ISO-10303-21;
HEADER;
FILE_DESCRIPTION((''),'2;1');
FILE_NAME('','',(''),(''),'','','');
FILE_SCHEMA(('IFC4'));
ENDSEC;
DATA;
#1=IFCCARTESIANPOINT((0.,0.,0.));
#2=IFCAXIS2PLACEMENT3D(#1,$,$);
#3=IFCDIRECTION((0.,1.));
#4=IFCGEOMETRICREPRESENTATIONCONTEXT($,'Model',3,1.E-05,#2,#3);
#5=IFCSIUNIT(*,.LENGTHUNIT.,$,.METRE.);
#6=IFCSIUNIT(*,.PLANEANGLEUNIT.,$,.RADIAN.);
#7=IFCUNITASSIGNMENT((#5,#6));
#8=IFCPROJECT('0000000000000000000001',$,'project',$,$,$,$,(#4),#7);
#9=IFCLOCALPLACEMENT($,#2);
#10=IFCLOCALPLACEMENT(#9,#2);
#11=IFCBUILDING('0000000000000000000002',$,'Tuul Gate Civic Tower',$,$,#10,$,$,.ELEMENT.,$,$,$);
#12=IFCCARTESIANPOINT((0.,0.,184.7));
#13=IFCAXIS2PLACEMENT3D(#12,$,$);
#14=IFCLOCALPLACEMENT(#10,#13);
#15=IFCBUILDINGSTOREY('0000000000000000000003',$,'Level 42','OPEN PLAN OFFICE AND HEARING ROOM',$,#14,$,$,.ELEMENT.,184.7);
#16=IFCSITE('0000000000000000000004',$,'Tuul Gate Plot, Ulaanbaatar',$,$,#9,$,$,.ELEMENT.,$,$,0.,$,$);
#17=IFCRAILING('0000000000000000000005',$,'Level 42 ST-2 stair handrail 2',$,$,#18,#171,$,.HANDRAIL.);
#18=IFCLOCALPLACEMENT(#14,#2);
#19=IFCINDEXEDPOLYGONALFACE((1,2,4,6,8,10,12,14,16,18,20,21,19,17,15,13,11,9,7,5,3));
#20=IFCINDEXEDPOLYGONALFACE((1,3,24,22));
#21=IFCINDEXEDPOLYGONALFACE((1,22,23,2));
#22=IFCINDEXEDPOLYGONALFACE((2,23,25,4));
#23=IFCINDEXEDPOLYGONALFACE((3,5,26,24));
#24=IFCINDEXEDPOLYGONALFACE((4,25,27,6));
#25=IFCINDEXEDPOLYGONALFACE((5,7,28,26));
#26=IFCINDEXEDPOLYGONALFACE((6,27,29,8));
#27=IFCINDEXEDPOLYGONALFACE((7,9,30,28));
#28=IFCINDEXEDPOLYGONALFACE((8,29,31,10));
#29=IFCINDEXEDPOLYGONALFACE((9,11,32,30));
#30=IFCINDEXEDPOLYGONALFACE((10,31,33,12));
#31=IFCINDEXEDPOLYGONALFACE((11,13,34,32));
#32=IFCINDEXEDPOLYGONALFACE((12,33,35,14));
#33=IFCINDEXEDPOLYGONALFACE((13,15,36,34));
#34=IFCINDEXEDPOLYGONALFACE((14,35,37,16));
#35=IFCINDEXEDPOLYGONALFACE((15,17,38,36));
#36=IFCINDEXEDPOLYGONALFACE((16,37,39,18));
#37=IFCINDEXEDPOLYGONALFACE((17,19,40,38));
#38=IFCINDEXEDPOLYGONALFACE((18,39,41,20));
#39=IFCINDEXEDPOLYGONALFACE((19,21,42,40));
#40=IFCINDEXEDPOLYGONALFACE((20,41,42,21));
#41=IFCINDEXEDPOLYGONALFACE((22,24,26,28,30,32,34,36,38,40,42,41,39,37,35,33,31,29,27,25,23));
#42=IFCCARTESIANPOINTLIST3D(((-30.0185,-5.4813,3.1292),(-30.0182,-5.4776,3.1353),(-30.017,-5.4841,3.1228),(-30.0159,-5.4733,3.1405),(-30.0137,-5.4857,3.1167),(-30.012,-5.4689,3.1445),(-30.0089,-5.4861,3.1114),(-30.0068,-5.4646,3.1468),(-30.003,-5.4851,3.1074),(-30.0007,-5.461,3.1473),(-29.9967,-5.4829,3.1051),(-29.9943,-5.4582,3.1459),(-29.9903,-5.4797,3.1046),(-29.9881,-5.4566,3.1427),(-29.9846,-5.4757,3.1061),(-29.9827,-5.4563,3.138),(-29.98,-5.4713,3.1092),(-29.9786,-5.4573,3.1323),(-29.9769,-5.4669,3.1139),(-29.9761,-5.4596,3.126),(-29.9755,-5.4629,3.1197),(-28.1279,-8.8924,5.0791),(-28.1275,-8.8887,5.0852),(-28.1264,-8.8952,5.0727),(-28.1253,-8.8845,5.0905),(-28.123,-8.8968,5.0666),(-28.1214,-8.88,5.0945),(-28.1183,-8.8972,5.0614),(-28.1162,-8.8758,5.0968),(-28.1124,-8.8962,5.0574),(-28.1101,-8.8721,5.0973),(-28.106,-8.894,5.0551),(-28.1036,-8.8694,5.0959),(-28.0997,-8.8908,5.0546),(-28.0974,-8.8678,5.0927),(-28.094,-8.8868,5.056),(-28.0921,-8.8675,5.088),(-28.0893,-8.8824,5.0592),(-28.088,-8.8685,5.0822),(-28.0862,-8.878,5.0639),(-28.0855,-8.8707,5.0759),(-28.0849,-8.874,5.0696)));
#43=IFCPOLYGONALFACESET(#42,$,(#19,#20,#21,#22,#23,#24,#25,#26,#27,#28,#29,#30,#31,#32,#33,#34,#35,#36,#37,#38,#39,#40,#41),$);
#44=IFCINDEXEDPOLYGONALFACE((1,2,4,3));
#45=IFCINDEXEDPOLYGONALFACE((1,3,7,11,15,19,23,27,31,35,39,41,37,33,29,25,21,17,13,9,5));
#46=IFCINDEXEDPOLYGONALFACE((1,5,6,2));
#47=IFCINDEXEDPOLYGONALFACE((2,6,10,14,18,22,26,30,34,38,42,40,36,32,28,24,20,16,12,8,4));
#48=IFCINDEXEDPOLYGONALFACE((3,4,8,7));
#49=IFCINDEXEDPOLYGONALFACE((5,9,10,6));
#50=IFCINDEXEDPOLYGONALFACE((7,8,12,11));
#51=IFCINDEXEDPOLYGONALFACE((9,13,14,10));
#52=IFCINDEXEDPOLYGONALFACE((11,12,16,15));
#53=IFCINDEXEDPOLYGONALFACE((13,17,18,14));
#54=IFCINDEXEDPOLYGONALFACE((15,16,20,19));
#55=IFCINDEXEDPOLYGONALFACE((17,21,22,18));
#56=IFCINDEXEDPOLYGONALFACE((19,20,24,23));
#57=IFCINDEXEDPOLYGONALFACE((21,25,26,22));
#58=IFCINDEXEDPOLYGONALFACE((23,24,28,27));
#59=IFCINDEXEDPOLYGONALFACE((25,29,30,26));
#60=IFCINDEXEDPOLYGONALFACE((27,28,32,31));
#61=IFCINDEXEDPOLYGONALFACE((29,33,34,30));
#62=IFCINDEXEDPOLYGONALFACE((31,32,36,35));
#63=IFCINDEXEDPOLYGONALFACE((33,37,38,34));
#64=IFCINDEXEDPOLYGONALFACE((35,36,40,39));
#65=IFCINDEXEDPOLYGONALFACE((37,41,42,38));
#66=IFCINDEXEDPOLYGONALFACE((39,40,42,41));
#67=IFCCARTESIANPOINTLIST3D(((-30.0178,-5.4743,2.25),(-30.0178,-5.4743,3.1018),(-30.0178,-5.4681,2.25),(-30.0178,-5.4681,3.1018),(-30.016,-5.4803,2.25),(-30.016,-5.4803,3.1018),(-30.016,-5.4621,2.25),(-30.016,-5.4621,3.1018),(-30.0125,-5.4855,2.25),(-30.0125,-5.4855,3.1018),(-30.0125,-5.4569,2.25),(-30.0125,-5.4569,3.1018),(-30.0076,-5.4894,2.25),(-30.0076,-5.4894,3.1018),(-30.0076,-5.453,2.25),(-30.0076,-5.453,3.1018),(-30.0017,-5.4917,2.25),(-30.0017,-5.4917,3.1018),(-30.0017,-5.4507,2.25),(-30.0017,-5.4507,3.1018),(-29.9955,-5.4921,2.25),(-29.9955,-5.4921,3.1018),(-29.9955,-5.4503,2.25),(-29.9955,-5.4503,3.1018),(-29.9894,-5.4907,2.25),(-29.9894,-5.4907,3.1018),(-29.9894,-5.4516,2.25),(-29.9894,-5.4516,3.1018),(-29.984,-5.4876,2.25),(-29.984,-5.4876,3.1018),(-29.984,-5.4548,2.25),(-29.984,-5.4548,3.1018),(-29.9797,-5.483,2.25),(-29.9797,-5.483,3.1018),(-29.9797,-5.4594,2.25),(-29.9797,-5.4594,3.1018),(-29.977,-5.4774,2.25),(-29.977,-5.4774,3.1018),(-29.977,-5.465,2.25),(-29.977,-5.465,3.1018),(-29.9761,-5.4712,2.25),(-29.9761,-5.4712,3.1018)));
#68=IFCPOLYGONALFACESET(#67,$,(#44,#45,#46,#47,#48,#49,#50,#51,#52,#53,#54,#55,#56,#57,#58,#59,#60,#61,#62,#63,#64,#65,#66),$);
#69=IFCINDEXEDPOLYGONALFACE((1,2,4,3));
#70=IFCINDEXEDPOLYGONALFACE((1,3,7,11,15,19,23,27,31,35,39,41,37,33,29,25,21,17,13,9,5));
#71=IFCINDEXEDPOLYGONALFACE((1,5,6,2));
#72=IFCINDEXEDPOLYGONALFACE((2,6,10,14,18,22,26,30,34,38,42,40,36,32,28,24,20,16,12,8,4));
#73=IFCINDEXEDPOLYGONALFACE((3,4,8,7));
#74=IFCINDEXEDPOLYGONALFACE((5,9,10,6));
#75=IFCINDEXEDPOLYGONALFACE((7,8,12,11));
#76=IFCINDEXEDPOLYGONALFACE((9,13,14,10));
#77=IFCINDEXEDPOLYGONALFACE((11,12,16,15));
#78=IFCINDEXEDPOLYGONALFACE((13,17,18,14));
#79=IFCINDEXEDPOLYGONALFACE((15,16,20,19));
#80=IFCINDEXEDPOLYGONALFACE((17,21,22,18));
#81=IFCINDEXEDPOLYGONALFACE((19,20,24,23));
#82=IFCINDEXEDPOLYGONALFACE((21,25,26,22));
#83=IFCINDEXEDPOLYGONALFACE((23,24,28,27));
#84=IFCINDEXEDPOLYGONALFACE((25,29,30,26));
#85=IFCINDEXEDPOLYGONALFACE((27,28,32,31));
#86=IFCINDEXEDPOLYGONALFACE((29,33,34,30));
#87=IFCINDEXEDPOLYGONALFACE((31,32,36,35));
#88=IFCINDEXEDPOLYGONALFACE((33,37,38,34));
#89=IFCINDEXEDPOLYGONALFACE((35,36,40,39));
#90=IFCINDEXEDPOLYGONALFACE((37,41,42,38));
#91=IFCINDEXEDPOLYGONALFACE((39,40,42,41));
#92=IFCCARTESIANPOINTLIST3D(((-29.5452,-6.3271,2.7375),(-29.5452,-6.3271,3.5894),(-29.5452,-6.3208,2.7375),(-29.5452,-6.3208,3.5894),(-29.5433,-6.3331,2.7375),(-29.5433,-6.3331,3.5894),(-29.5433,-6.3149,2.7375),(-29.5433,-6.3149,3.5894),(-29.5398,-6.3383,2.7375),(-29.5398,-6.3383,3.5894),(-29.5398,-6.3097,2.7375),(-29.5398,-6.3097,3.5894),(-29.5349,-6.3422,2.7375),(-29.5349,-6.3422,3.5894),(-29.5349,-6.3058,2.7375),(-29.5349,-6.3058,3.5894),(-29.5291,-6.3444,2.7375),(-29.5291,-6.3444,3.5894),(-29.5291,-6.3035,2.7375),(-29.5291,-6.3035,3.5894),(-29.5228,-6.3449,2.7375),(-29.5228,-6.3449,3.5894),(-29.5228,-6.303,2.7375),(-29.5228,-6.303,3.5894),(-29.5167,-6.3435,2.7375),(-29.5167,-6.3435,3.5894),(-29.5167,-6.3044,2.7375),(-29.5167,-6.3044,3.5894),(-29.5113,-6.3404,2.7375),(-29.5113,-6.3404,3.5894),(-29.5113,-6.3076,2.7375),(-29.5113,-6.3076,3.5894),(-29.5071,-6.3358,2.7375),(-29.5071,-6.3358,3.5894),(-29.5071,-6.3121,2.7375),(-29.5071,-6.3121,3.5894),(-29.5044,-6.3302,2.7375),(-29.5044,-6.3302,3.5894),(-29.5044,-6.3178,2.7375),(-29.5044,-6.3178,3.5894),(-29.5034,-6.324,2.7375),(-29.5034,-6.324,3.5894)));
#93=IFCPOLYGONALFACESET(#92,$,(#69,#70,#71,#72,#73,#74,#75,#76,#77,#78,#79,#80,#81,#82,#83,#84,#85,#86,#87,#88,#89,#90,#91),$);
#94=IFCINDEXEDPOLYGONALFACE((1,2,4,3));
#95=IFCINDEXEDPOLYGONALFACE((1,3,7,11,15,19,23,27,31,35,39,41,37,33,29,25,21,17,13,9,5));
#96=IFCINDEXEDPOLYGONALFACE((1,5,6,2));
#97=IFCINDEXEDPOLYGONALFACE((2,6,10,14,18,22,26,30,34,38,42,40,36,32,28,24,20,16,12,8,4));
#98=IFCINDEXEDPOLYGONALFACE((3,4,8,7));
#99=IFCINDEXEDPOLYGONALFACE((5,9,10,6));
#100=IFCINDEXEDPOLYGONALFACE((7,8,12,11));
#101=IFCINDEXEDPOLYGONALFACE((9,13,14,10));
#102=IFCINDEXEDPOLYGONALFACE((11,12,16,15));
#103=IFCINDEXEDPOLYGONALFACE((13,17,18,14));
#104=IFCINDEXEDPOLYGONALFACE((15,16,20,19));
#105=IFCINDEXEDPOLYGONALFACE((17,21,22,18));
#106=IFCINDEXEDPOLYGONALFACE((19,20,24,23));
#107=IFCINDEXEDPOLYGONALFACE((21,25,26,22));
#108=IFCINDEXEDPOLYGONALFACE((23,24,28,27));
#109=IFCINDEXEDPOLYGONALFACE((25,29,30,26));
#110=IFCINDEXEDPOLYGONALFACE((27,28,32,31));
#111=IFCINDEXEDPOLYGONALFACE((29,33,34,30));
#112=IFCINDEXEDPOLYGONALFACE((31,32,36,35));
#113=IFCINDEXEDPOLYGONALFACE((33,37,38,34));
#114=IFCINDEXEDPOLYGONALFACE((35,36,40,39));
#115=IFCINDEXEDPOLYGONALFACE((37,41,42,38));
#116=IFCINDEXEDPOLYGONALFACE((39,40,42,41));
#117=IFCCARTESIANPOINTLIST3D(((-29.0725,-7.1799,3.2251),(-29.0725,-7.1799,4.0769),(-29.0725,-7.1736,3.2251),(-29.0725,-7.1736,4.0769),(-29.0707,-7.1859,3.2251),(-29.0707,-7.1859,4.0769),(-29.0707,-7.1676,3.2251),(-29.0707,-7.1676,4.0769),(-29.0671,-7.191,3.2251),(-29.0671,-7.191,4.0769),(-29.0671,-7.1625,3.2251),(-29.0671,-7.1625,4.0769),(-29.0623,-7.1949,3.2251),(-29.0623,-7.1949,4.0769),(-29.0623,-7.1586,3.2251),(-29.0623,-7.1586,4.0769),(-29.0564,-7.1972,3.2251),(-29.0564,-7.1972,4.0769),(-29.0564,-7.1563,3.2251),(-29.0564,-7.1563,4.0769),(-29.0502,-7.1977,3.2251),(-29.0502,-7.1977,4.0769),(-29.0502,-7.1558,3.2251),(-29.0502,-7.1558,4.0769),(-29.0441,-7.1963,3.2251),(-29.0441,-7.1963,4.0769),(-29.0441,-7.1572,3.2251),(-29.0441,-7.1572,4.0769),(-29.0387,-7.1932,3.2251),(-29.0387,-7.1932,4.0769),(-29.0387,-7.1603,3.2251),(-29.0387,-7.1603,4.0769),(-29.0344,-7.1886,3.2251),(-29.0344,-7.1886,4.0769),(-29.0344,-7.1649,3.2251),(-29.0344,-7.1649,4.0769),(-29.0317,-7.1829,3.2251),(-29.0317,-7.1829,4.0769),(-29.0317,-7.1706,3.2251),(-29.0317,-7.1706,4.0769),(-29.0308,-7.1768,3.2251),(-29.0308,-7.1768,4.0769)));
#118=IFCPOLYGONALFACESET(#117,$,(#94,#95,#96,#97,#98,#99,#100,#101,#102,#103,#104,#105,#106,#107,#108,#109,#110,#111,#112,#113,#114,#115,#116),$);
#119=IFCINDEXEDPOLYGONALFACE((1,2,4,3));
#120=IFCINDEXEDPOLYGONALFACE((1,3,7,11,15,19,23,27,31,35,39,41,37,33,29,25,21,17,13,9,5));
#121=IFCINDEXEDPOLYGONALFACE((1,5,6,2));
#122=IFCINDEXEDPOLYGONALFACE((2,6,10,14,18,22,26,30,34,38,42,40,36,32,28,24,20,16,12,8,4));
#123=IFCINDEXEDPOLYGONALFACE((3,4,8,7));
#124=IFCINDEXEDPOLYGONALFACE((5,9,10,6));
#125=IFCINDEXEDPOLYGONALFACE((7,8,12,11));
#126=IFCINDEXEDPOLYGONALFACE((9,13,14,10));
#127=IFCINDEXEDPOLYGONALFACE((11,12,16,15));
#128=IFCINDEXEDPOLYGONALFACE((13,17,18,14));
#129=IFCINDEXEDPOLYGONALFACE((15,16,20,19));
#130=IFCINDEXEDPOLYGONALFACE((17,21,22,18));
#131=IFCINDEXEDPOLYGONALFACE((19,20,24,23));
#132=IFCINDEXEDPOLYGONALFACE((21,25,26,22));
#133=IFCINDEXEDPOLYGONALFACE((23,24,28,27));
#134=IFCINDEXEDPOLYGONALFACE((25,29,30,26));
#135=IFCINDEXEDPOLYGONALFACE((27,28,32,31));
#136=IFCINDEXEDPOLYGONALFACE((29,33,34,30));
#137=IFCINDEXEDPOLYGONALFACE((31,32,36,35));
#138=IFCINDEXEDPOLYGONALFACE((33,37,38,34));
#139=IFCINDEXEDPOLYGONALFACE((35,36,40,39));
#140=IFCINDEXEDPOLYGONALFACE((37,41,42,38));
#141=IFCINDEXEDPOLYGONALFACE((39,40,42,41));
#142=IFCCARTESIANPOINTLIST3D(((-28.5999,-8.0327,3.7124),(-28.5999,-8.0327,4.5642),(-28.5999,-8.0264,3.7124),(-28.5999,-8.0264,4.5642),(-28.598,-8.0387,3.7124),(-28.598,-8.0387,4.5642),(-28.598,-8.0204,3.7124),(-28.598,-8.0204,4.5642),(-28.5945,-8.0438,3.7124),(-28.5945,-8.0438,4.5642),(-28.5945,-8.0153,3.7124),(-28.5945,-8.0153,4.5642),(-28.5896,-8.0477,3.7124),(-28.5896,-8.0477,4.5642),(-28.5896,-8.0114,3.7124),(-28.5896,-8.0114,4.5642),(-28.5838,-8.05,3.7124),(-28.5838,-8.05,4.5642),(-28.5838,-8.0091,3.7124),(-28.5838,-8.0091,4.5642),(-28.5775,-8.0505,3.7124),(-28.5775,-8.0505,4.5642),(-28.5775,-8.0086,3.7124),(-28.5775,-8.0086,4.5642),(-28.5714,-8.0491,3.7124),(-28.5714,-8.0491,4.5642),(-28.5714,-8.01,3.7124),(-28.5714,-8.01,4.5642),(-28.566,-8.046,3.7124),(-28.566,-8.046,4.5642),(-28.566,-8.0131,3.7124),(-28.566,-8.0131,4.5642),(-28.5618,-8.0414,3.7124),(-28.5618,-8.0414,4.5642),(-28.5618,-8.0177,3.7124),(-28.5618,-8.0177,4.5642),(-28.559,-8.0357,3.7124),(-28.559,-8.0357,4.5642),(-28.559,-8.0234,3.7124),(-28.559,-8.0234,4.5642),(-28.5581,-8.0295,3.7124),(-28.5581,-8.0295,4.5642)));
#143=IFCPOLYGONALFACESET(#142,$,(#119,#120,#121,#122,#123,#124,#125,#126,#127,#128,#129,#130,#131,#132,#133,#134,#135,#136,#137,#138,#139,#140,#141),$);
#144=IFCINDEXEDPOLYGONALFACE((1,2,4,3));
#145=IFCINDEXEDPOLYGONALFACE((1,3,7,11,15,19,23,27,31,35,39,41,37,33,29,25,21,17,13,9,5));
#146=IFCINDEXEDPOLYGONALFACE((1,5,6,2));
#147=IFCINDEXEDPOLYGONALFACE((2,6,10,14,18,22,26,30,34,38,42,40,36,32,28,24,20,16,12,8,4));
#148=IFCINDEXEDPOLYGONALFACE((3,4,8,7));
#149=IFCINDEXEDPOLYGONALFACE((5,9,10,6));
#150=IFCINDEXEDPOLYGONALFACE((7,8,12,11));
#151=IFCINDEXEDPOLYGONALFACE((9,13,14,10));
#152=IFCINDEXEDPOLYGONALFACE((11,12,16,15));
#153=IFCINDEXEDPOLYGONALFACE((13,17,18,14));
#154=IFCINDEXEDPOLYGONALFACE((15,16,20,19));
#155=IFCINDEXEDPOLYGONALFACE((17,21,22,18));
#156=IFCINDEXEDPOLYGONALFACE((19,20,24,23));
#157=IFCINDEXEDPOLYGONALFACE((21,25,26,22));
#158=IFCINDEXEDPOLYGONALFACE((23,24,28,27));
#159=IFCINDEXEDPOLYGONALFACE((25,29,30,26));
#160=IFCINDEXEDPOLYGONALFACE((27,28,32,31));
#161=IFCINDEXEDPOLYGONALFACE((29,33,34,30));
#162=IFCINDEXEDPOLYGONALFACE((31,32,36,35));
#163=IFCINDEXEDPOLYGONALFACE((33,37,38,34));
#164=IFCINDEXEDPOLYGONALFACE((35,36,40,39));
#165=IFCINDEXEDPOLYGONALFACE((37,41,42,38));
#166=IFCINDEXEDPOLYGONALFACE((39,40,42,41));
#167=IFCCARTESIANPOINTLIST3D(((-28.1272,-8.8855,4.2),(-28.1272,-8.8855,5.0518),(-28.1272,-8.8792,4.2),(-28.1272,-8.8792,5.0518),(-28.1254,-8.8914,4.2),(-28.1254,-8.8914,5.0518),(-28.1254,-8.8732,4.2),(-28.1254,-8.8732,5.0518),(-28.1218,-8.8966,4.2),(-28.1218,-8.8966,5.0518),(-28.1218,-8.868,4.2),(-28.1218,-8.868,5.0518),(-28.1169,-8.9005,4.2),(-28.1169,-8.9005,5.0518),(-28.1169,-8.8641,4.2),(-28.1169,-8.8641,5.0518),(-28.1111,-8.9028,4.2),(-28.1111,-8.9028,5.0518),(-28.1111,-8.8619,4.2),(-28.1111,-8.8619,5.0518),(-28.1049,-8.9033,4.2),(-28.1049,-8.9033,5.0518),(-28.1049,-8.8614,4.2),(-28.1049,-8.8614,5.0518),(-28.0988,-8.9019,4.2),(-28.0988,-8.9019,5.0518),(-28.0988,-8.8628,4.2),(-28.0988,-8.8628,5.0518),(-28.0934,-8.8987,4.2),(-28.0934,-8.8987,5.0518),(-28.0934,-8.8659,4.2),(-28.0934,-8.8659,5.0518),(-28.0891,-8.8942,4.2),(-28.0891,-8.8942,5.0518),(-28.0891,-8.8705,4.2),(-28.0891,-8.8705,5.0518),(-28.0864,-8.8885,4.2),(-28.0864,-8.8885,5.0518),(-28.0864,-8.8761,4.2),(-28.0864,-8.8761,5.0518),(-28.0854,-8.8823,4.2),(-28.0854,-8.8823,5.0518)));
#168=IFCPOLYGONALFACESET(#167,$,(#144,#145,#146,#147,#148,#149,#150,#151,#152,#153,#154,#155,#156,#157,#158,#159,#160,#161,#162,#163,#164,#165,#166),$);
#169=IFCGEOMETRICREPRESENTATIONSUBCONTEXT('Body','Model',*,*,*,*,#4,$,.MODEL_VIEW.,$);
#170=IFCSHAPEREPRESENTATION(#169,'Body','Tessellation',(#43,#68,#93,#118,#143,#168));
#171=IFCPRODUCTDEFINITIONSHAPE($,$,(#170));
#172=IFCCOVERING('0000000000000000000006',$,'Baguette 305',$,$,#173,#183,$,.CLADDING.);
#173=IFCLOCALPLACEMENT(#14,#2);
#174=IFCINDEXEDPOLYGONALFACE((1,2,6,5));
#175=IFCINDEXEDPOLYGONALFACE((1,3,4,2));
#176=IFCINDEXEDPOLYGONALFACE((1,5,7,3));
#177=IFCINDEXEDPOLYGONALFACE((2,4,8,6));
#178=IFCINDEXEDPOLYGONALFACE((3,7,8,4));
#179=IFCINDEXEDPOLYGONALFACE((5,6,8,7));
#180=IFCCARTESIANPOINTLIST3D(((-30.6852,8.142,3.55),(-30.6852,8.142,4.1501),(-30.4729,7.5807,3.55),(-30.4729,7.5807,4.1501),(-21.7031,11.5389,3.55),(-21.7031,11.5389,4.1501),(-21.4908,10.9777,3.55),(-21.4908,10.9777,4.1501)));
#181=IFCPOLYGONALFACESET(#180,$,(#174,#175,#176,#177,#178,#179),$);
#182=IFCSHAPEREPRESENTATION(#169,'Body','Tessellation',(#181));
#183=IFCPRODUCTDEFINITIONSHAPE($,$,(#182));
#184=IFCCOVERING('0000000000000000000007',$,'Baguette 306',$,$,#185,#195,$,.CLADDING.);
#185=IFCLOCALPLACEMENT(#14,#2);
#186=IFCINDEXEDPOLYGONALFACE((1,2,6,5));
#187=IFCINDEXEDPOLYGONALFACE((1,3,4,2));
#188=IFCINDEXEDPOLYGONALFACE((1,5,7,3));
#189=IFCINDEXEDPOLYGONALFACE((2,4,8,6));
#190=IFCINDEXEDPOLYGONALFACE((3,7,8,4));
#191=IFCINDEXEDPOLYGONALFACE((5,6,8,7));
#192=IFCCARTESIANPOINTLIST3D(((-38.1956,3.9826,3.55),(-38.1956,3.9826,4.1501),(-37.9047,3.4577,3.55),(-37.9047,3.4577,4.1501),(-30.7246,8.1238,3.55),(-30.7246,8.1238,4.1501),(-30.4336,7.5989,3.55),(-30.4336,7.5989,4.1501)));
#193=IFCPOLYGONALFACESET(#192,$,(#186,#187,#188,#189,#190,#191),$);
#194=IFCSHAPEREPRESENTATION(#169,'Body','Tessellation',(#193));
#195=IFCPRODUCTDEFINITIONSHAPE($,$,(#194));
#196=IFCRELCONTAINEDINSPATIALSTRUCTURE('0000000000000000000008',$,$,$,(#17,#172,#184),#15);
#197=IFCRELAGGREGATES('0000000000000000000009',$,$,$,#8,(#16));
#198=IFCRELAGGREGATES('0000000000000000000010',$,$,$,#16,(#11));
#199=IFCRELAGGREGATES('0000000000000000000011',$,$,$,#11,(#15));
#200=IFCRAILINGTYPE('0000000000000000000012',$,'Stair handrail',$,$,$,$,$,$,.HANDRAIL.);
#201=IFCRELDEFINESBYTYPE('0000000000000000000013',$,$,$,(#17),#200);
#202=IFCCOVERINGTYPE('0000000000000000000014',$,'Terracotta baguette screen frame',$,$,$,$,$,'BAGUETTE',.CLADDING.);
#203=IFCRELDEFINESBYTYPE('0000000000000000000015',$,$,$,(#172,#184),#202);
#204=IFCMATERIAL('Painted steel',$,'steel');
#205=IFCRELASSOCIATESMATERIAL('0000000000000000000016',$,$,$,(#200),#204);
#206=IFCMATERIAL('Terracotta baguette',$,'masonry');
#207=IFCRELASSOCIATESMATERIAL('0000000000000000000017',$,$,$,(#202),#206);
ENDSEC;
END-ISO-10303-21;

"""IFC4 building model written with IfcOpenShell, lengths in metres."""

from ifc_helpers import new_model, si_unit, direction, frame, origin, origin_2d, place, context, subcontext, project, spatial, rectangle, circle, extrude, material, material_profile, profile_set, type_object, element, save


model = new_model("IFC4")

# Units and contexts
model_context = context("Model", 3, precision=1e-05, world=origin(), true_north=direction((0.0, 1.0)))
body_context = subcontext(model_context, "Body", "Model", "MODEL_VIEW")
ifc_project = project(units=[si_unit("LENGTHUNIT", "METRE"), si_unit("PLANEANGLEUNIT", "RADIAN")], contexts=[model_context])

# Site, building, storey
site_placement = place(None, origin())
site = spatial("IfcSite", under=ifc_project, at=site_placement, Name="Tuul Gate Plot, Ulaanbaatar", CompositionType="ELEMENT", RefElevation=0.0)
building_placement = place(site_placement, origin())
building = spatial("IfcBuilding", under=site, at=building_placement, Name="Tuul Gate Civic Tower", CompositionType="ELEMENT")
storey_placement = place(building_placement, frame((0.0, 0.0, 184.7)))
storey = spatial("IfcBuildingStorey", under=building, at=storey_placement, Name="Level 42", Description="OPEN PLAN OFFICE AND HEARING ROOM", CompositionType="ELEMENT", Elevation=184.7)

# Railing
ifc_material_1 = material(Name="Painted steel", Category="steel")
railing_type = type_object("IfcRailingType", Name="Stair handrail", PredefinedType="HANDRAIL", material=ifc_material_1)
railing_1_placement = place(storey_placement, frame((-29.9971, -5.4712, 2.25)))
element("IfcRailing", 1, at=railing_1_placement, inside=storey, type_object=railing_type, Name="Level 42 ST-2 stair handrail 2", PredefinedType="HANDRAIL", context=body_context, shape_type="SweptSolid", body=[
    extrude(circle(Radius=0.0239, at=origin_2d()), frame((0.0, 0.0, 0.876), z_axis=(0.433595, -0.782308, 0.447201), x_axis=(0.874641, 0.484771, 0.0)), (0.0, 0.0, 1.0), 4.3604),
    extrude(circle(Radius=0.021, at=origin_2d()), origin(), (0.0, 0.0, 1.0), 0.8518),
    extrude(circle(Radius=0.021, at=origin_2d()), frame((0.4727, -0.8528, 0.4875)), (0.0, 0.0, 1.0), 0.8518),
    extrude(circle(Radius=0.021, at=origin_2d()), frame((0.9453, -1.7056, 0.9751)), (0.0, 0.0, 1.0), 0.8518),
    extrude(circle(Radius=0.021, at=origin_2d()), frame((1.418, -2.5583, 1.4624)), (0.0, 0.0, 1.0), 0.8518),
    extrude(circle(Radius=0.021, at=origin_2d()), frame((1.8906, -3.4111, 1.95)), (0.0, 0.0, 1.0), 0.8518),
])

# Coverings
ifc_material_2 = material(Name="Terracotta baguette", Category="masonry")
ifc_material_profile_1 = material_profile(ifc_material_2, rectangle(XDim=0.6001, YDim=0.6001, at=origin_2d()), Name="Terracotta baguette screen frame")
ifc_profile_set_1 = profile_set([ifc_material_profile_1], Name="Terracotta baguette")
covering_type = type_object("IfcCoveringType", Name="Terracotta baguette screen frame", ElementType="BAGUETTE", PredefinedType="CLADDING", material=ifc_profile_set_1)
covering_1_placement = place(storey_placement, frame((-21.5969, 11.2583, 3.8501), z_axis=(-0.935344, -0.353738, 0.0), x_axis=(0.353738, -0.935344, 0.0)))
element("IfcCovering", 2, at=covering_1_placement, inside=storey, type_object=covering_type, Name="Baguette 305", PredefinedType="CLADDING", context=body_context, shape_type="SweptSolid", body=[
    extrude(rectangle(XDim=0.6001, YDim=0.6001, at=origin_2d()), origin(), (0.0, 0.0, 1.0), 9.603),
])
covering_2_placement = place(storey_placement, frame((-30.5791, 7.8613, 3.8501), z_axis=(-0.874625, -0.484801, 0.0), x_axis=(0.484801, -0.874625, 0.0)))
element("IfcCovering", 3, at=covering_2_placement, inside=storey, type_object=covering_type, Name="Baguette 306", PredefinedType="CLADDING", context=body_context, shape_type="SweptSolid", body=[
    extrude(rectangle(XDim=0.6001, YDim=0.6001, at=origin_2d()), origin(), (0.0, 0.0, 1.0), 8.542),
])

save(model, "model.ifc")
